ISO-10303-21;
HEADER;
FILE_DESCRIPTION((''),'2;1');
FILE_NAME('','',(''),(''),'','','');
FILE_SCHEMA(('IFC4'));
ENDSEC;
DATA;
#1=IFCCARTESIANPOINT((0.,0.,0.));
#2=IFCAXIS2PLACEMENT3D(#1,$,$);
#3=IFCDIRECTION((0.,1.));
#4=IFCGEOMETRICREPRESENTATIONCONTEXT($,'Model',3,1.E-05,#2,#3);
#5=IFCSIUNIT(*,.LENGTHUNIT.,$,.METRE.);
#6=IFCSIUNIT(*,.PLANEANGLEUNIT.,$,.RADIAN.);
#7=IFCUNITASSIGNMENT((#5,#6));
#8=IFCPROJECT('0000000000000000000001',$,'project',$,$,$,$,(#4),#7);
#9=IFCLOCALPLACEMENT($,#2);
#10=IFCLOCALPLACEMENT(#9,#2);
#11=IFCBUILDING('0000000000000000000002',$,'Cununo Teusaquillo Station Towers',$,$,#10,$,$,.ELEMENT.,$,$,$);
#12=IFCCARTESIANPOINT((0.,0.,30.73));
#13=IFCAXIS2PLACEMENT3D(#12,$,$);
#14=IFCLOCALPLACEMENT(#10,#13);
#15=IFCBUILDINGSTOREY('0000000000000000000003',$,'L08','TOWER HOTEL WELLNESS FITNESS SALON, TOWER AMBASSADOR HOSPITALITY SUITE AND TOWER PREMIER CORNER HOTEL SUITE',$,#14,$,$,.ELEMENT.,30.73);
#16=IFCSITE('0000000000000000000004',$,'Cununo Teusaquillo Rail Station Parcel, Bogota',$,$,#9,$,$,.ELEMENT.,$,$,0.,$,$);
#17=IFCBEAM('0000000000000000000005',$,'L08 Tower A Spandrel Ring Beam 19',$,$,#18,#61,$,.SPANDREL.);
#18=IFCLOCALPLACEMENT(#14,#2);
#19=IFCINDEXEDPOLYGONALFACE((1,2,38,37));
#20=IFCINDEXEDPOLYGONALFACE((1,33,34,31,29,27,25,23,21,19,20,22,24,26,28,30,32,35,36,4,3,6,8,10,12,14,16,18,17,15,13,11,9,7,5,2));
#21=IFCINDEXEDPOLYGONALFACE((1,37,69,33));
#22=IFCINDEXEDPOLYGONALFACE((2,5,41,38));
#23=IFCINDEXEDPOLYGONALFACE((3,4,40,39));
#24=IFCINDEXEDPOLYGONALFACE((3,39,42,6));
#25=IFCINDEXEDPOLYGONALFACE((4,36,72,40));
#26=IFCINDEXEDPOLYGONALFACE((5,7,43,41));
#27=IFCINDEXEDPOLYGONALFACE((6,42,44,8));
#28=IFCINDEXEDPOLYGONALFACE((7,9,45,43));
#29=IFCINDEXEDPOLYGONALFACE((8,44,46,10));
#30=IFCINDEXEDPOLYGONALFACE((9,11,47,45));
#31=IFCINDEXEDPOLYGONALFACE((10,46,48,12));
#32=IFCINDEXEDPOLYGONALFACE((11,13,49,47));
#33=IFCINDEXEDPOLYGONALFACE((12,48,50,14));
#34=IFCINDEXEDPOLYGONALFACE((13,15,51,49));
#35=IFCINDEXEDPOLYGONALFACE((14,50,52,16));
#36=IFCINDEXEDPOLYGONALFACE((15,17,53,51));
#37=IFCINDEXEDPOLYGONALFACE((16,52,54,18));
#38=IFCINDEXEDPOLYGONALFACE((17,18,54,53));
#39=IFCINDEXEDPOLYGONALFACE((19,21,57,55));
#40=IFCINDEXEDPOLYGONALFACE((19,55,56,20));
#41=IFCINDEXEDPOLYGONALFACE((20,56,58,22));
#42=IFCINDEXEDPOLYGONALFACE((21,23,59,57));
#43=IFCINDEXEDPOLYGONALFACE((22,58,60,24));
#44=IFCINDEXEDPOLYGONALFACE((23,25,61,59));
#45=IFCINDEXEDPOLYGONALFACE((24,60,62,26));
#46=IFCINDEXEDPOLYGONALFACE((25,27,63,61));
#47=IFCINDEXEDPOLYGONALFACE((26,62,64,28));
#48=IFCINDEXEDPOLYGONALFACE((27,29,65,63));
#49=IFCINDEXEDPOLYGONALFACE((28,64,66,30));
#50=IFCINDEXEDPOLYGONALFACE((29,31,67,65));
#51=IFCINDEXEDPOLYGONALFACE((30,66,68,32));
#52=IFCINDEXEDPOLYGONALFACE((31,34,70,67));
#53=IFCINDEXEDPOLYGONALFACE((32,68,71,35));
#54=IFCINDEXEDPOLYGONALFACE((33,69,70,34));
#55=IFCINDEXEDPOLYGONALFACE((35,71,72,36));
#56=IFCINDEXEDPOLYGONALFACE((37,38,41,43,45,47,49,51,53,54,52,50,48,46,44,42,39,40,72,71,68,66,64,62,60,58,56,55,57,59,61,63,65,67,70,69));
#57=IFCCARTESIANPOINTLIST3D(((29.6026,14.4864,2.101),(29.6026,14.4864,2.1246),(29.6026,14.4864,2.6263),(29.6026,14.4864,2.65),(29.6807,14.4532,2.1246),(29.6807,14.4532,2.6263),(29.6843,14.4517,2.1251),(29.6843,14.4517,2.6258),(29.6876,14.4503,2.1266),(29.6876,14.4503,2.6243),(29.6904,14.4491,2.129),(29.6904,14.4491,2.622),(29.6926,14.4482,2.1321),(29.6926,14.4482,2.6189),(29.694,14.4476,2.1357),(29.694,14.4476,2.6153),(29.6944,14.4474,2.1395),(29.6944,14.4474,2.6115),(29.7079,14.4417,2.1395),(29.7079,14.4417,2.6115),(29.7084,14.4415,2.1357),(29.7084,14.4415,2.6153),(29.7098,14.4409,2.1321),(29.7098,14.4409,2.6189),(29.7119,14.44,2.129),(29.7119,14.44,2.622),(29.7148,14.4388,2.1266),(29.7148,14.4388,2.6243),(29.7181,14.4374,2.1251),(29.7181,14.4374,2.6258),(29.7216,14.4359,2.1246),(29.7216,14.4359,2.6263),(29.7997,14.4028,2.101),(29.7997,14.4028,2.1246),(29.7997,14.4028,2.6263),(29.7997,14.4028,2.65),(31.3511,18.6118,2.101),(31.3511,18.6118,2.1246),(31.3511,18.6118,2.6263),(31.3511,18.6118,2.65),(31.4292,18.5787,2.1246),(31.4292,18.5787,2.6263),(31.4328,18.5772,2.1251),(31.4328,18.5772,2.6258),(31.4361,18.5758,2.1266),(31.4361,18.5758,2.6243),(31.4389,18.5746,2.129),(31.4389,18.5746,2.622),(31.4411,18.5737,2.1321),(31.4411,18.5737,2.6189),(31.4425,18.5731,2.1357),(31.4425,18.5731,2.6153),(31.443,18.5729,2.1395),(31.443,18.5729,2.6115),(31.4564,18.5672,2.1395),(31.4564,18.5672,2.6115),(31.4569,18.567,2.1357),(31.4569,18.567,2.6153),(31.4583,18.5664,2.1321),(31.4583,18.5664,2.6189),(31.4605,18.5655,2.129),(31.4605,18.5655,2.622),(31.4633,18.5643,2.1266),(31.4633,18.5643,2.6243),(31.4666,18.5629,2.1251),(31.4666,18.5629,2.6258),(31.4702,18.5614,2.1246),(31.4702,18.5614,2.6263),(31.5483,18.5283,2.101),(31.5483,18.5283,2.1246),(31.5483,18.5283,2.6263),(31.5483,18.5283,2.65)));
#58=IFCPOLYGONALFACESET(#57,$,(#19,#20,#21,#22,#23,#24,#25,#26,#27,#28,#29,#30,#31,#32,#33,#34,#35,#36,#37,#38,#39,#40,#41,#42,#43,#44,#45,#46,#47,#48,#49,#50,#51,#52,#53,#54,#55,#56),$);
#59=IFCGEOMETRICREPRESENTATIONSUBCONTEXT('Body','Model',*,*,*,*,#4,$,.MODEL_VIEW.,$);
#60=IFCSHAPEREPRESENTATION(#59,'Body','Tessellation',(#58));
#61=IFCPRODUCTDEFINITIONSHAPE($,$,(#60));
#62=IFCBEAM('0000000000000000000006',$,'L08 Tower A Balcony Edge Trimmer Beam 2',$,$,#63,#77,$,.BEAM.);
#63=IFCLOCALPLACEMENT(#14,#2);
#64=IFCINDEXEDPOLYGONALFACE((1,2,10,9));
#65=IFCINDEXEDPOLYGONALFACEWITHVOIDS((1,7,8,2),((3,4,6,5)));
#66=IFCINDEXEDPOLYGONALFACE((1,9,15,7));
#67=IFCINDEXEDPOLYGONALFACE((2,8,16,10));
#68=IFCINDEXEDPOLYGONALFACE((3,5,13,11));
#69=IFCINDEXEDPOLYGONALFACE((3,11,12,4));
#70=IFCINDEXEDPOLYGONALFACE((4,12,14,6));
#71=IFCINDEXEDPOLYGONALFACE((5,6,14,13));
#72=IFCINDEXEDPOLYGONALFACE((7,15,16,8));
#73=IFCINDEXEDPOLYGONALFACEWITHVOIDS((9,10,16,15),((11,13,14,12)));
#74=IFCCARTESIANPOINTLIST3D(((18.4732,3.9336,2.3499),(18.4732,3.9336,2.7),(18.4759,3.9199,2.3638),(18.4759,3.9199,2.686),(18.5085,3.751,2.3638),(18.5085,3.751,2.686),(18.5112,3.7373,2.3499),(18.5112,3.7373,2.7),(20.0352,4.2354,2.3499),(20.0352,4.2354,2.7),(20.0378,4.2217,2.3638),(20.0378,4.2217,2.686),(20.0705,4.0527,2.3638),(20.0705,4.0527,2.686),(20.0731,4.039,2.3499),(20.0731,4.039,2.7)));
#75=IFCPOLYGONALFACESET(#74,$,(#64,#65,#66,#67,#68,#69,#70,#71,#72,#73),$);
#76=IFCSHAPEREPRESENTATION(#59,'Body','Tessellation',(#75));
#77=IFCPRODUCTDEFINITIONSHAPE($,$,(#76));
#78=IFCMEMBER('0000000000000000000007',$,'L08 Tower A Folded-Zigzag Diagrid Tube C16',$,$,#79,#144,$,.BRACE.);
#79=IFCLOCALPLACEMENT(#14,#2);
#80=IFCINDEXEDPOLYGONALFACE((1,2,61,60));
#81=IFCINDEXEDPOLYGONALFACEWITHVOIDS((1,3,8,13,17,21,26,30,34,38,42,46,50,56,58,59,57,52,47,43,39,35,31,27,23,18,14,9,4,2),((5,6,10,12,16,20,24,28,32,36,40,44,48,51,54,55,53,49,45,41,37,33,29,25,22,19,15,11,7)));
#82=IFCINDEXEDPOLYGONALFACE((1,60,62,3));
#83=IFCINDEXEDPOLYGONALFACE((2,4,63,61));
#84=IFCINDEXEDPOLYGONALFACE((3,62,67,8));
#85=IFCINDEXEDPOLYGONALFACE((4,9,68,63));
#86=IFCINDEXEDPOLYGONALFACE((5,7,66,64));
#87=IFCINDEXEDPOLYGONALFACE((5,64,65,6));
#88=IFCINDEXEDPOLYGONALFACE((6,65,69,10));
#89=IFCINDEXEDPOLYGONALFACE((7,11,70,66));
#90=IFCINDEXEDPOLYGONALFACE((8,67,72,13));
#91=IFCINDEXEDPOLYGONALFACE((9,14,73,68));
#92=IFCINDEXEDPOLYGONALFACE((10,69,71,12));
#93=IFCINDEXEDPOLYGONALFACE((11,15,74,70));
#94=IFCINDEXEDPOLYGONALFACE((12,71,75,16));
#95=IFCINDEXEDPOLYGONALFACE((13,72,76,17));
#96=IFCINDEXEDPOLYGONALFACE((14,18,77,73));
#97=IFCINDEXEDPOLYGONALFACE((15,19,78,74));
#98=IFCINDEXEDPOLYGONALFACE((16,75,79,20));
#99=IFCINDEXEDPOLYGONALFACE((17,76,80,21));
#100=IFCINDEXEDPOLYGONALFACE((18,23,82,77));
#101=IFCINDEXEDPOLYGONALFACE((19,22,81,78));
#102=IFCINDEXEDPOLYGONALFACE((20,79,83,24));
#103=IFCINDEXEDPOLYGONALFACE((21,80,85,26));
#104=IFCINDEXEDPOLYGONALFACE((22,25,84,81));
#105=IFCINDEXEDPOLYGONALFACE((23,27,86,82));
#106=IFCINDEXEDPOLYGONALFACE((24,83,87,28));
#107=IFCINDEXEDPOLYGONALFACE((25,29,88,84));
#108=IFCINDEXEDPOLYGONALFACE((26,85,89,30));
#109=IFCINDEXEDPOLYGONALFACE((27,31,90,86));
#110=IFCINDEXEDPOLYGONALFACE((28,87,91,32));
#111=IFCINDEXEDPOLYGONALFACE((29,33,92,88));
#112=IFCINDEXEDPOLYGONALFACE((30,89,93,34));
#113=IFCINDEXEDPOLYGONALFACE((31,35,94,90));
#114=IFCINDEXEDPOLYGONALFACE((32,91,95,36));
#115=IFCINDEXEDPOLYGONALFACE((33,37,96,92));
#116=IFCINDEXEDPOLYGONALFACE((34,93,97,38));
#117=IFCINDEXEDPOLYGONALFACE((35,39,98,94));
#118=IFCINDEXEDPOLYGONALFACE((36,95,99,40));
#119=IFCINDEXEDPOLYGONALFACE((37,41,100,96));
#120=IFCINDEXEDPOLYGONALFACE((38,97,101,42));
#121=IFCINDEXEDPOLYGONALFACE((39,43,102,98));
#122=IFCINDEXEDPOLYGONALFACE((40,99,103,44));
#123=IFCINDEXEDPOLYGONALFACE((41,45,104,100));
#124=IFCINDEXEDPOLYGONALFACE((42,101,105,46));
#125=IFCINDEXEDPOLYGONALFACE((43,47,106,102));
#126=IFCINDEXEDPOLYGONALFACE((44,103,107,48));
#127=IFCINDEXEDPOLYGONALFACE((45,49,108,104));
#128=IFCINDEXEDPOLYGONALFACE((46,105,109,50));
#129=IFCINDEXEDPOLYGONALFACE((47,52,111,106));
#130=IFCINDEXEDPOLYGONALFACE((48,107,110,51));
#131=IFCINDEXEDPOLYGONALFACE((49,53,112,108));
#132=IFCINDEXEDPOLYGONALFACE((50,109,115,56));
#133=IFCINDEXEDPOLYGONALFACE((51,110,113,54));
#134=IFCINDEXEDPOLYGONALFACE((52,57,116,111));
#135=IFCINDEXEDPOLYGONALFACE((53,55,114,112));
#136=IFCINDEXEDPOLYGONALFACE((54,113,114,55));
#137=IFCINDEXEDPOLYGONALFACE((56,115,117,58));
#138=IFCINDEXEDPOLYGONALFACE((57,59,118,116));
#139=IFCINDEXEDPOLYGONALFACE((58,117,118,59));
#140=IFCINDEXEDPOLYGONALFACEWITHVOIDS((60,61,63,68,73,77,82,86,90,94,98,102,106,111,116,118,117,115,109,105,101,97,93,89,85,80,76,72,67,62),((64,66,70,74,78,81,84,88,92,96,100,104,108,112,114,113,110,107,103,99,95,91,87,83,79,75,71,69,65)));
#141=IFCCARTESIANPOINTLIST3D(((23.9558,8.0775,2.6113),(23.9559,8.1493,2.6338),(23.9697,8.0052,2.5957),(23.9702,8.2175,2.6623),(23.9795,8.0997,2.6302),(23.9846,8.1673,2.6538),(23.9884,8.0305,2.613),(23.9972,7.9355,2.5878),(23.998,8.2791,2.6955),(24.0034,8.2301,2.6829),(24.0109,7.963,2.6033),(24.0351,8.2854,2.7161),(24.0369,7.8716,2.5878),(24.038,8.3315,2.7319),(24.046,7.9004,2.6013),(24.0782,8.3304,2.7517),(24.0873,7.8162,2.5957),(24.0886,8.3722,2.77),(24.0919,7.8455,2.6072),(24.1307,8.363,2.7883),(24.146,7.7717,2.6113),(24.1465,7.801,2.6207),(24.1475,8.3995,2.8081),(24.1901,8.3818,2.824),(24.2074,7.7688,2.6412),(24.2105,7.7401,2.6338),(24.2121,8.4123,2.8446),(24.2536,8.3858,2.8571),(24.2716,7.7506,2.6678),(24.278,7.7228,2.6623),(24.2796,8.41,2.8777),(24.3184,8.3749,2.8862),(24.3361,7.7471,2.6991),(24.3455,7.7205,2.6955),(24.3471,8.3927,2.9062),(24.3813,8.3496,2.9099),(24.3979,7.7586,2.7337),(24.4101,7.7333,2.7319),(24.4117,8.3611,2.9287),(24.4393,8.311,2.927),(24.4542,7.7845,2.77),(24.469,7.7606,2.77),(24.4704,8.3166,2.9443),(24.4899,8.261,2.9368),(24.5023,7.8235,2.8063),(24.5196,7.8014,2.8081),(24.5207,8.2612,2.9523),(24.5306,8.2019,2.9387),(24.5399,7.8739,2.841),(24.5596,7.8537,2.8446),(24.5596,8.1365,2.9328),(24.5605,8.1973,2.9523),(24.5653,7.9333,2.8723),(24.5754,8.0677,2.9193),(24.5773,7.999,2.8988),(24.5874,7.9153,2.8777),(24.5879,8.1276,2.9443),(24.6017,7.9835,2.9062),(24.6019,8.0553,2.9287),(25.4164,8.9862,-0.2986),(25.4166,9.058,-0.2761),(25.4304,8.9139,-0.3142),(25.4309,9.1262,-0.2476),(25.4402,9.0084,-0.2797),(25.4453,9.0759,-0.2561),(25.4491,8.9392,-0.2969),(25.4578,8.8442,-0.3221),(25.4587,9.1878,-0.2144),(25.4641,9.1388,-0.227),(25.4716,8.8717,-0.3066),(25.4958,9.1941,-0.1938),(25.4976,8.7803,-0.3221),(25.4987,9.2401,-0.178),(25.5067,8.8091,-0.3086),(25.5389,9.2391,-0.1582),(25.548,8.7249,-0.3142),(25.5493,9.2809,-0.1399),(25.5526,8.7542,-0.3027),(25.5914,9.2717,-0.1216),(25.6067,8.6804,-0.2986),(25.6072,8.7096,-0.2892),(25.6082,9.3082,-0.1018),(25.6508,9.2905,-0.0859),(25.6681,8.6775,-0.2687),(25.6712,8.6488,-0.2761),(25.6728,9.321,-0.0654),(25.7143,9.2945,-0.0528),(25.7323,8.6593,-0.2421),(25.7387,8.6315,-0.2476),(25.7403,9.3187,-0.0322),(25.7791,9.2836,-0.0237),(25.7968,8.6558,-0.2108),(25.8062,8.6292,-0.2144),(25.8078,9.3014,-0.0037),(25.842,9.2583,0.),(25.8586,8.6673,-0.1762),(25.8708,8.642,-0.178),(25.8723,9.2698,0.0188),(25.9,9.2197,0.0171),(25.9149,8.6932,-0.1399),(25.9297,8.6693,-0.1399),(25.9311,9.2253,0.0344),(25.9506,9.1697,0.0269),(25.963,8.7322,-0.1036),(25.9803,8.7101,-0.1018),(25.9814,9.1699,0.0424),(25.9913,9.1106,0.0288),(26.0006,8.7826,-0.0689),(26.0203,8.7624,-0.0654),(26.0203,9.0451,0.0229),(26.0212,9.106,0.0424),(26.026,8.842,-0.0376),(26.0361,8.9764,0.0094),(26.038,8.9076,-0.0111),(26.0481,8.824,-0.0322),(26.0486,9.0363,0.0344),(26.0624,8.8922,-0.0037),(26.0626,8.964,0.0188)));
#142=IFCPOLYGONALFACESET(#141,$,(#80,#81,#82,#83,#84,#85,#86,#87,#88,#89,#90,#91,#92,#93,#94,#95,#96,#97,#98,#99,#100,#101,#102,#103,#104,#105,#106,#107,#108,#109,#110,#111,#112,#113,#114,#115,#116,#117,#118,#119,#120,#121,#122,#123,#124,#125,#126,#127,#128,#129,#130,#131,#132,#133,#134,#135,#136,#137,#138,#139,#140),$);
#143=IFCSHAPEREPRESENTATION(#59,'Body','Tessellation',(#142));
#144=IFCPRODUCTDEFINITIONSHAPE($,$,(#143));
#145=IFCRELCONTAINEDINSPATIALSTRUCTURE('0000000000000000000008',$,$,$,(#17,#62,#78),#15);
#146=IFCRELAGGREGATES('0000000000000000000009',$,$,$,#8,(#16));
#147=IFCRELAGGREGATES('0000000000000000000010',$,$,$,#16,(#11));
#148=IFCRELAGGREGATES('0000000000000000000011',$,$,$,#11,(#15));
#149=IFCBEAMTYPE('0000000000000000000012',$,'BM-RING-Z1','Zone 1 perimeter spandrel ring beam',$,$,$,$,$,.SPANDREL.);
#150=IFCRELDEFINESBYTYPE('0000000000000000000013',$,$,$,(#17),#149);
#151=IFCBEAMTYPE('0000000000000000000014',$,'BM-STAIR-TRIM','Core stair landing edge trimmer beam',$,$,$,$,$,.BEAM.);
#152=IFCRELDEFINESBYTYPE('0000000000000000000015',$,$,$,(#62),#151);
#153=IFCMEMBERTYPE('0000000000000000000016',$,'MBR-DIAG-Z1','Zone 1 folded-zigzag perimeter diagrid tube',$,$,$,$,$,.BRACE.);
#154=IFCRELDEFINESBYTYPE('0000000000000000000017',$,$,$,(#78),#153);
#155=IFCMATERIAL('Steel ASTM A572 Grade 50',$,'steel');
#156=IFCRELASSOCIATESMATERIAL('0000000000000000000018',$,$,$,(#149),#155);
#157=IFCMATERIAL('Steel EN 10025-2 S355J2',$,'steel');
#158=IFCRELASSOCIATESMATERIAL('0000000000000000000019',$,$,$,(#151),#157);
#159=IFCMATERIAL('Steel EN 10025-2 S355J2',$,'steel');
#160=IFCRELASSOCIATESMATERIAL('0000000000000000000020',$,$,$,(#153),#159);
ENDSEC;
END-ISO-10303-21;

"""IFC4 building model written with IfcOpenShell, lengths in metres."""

from ifc_helpers import new_model, si_unit, direction, frame, origin, origin_2d, place, context, subcontext, project, spatial, hollow_rectangle, hollow_circle, i_section, extrude, material, material_profile, profile_set, type_object, element, save


model = new_model("IFC4")

# Units and contexts
model_context = context("Model", 3, precision=1e-05, world=origin(), true_north=direction((0.0, 1.0)))
body_context = subcontext(model_context, "Body", "Model", "MODEL_VIEW")
ifc_project = project(units=[si_unit("LENGTHUNIT", "METRE"), si_unit("PLANEANGLEUNIT", "RADIAN")], contexts=[model_context])

# Site, building, storey
site_placement = place(None, origin())
site = spatial("IfcSite", under=ifc_project, at=site_placement, Name="Cununo Teusaquillo Rail Station Parcel, Bogota", CompositionType="ELEMENT", RefElevation=0.0)
building_placement = place(site_placement, origin())
building = spatial("IfcBuilding", under=site, at=building_placement, Name="Cununo Teusaquillo Station Towers", CompositionType="ELEMENT")
storey_placement = place(building_placement, frame((0.0, 0.0, 30.73)))
storey = spatial("IfcBuildingStorey", under=building, at=storey_placement, Name="L08", Description="TOWER HOTEL WELLNESS FITNESS SALON, TOWER AMBASSADOR HOSPITALITY SUITE AND TOWER PREMIER CORNER HOTEL SUITE", CompositionType="ELEMENT", Elevation=30.73)

# Beams
ifc_material_1 = material(Name="Steel ASTM A572 Grade 50", Category="steel")
ifc_material_profile_1 = material_profile(ifc_material_1, i_section(OverallWidth=0.2141, OverallDepth=0.5491, WebThickness=0.0146, FlangeThickness=0.0237, FilletRadius=0.0149, at=origin_2d()), Name="W21X93")
ifc_profile_set_1 = profile_set([ifc_material_profile_1], Name="Steel ASTM A572 Grade 50")
beam_type_1 = type_object("IfcBeamType", Name="BM-RING-Z1", Description="Zone 1 perimeter spandrel ring beam", PredefinedType="SPANDREL", material=ifc_profile_set_1)
beam_1_placement = place(storey_placement, frame((29.7012, 14.4446, 2.3755), z_axis=(0.390234, 0.920716, 0.0), x_axis=(-0.920716, 0.390234, 0.0)))
element("IfcBeam", 1, at=beam_1_placement, inside=storey, type_object=beam_type_1, Name="L08 Tower A Spandrel Ring Beam 19", PredefinedType="SPANDREL", context=body_context, shape_type="SweptSolid", body=[
    extrude(i_section(OverallWidth=0.2141, OverallDepth=0.5491, WebThickness=0.0146, FlangeThickness=0.0237, FilletRadius=0.0149, at=origin_2d()), origin(), (0.0, 0.0, 1.0), 4.4807),
])
ifc_material_2 = material(Name="Steel EN 10025-2 S355J2", Category="steel")
ifc_material_profile_2 = material_profile(ifc_material_2, hollow_rectangle(XDim=0.2, YDim=0.3501, WallThickness=0.0139, at=origin_2d()), Name="RHS 350x200x14")
ifc_profile_set_2 = profile_set([ifc_material_profile_2], Name="Steel EN 10025-2 S355J2")
beam_type_2 = type_object("IfcBeamType", Name="BM-STAIR-TRIM", Description="Core stair landing edge trimmer beam", PredefinedType="BEAM", material=ifc_profile_set_2)
beam_2_placement = place(storey_placement, frame((18.4922, 3.8354, 2.5249), z_axis=(0.981846, 0.189678, 0.0), x_axis=(-0.189678, 0.981846, 0.0)))
element("IfcBeam", 2, at=beam_2_placement, inside=storey, type_object=beam_type_2, Name="L08 Tower A Balcony Edge Trimmer Beam 2", PredefinedType="BEAM", context=body_context, shape_type="SweptSolid", body=[
    extrude(hollow_rectangle(XDim=0.2, YDim=0.3501, WallThickness=0.0139, at=origin_2d()), origin(), (0.0, 0.0, 1.0), 1.5908),
])

# Member
ifc_material_3 = material(Name="Steel EN 10025-2 S355J2", Category="steel")
ifc_material_profile_3 = material_profile(ifc_material_3, hollow_circle(Radius=0.3601, WallThickness=0.0281, at=origin_2d()), Name="CHS 720x28")
ifc_profile_set_3 = profile_set([ifc_material_profile_3], Name="Steel EN 10025-2 S355J2")
member_type = type_object("IfcMemberType", Name="MBR-DIAG-Z1", Description="Zone 1 folded-zigzag perimeter diagrid tube", PredefinedType="BRACE", material=ifc_profile_set_3)
member_1_placement = place(storey_placement, frame((25.7395, 8.9751, -0.1399), z_axis=(-0.43211, -0.268814, 0.860825), x_axis=(0.528225, -0.849105, 0.0)))
element("IfcMember", 3, at=member_1_placement, inside=storey, type_object=member_type, Name="L08 Tower A Folded-Zigzag Diagrid Tube C16", PredefinedType="BRACE", context=body_context, shape_type="SweptSolid", body=[
    extrude(hollow_circle(Radius=0.3601, WallThickness=0.0281, at=origin_2d()), origin(), (0.0, 0.0, 1.0), 3.3804),
])

save(model, "model.ifc")
